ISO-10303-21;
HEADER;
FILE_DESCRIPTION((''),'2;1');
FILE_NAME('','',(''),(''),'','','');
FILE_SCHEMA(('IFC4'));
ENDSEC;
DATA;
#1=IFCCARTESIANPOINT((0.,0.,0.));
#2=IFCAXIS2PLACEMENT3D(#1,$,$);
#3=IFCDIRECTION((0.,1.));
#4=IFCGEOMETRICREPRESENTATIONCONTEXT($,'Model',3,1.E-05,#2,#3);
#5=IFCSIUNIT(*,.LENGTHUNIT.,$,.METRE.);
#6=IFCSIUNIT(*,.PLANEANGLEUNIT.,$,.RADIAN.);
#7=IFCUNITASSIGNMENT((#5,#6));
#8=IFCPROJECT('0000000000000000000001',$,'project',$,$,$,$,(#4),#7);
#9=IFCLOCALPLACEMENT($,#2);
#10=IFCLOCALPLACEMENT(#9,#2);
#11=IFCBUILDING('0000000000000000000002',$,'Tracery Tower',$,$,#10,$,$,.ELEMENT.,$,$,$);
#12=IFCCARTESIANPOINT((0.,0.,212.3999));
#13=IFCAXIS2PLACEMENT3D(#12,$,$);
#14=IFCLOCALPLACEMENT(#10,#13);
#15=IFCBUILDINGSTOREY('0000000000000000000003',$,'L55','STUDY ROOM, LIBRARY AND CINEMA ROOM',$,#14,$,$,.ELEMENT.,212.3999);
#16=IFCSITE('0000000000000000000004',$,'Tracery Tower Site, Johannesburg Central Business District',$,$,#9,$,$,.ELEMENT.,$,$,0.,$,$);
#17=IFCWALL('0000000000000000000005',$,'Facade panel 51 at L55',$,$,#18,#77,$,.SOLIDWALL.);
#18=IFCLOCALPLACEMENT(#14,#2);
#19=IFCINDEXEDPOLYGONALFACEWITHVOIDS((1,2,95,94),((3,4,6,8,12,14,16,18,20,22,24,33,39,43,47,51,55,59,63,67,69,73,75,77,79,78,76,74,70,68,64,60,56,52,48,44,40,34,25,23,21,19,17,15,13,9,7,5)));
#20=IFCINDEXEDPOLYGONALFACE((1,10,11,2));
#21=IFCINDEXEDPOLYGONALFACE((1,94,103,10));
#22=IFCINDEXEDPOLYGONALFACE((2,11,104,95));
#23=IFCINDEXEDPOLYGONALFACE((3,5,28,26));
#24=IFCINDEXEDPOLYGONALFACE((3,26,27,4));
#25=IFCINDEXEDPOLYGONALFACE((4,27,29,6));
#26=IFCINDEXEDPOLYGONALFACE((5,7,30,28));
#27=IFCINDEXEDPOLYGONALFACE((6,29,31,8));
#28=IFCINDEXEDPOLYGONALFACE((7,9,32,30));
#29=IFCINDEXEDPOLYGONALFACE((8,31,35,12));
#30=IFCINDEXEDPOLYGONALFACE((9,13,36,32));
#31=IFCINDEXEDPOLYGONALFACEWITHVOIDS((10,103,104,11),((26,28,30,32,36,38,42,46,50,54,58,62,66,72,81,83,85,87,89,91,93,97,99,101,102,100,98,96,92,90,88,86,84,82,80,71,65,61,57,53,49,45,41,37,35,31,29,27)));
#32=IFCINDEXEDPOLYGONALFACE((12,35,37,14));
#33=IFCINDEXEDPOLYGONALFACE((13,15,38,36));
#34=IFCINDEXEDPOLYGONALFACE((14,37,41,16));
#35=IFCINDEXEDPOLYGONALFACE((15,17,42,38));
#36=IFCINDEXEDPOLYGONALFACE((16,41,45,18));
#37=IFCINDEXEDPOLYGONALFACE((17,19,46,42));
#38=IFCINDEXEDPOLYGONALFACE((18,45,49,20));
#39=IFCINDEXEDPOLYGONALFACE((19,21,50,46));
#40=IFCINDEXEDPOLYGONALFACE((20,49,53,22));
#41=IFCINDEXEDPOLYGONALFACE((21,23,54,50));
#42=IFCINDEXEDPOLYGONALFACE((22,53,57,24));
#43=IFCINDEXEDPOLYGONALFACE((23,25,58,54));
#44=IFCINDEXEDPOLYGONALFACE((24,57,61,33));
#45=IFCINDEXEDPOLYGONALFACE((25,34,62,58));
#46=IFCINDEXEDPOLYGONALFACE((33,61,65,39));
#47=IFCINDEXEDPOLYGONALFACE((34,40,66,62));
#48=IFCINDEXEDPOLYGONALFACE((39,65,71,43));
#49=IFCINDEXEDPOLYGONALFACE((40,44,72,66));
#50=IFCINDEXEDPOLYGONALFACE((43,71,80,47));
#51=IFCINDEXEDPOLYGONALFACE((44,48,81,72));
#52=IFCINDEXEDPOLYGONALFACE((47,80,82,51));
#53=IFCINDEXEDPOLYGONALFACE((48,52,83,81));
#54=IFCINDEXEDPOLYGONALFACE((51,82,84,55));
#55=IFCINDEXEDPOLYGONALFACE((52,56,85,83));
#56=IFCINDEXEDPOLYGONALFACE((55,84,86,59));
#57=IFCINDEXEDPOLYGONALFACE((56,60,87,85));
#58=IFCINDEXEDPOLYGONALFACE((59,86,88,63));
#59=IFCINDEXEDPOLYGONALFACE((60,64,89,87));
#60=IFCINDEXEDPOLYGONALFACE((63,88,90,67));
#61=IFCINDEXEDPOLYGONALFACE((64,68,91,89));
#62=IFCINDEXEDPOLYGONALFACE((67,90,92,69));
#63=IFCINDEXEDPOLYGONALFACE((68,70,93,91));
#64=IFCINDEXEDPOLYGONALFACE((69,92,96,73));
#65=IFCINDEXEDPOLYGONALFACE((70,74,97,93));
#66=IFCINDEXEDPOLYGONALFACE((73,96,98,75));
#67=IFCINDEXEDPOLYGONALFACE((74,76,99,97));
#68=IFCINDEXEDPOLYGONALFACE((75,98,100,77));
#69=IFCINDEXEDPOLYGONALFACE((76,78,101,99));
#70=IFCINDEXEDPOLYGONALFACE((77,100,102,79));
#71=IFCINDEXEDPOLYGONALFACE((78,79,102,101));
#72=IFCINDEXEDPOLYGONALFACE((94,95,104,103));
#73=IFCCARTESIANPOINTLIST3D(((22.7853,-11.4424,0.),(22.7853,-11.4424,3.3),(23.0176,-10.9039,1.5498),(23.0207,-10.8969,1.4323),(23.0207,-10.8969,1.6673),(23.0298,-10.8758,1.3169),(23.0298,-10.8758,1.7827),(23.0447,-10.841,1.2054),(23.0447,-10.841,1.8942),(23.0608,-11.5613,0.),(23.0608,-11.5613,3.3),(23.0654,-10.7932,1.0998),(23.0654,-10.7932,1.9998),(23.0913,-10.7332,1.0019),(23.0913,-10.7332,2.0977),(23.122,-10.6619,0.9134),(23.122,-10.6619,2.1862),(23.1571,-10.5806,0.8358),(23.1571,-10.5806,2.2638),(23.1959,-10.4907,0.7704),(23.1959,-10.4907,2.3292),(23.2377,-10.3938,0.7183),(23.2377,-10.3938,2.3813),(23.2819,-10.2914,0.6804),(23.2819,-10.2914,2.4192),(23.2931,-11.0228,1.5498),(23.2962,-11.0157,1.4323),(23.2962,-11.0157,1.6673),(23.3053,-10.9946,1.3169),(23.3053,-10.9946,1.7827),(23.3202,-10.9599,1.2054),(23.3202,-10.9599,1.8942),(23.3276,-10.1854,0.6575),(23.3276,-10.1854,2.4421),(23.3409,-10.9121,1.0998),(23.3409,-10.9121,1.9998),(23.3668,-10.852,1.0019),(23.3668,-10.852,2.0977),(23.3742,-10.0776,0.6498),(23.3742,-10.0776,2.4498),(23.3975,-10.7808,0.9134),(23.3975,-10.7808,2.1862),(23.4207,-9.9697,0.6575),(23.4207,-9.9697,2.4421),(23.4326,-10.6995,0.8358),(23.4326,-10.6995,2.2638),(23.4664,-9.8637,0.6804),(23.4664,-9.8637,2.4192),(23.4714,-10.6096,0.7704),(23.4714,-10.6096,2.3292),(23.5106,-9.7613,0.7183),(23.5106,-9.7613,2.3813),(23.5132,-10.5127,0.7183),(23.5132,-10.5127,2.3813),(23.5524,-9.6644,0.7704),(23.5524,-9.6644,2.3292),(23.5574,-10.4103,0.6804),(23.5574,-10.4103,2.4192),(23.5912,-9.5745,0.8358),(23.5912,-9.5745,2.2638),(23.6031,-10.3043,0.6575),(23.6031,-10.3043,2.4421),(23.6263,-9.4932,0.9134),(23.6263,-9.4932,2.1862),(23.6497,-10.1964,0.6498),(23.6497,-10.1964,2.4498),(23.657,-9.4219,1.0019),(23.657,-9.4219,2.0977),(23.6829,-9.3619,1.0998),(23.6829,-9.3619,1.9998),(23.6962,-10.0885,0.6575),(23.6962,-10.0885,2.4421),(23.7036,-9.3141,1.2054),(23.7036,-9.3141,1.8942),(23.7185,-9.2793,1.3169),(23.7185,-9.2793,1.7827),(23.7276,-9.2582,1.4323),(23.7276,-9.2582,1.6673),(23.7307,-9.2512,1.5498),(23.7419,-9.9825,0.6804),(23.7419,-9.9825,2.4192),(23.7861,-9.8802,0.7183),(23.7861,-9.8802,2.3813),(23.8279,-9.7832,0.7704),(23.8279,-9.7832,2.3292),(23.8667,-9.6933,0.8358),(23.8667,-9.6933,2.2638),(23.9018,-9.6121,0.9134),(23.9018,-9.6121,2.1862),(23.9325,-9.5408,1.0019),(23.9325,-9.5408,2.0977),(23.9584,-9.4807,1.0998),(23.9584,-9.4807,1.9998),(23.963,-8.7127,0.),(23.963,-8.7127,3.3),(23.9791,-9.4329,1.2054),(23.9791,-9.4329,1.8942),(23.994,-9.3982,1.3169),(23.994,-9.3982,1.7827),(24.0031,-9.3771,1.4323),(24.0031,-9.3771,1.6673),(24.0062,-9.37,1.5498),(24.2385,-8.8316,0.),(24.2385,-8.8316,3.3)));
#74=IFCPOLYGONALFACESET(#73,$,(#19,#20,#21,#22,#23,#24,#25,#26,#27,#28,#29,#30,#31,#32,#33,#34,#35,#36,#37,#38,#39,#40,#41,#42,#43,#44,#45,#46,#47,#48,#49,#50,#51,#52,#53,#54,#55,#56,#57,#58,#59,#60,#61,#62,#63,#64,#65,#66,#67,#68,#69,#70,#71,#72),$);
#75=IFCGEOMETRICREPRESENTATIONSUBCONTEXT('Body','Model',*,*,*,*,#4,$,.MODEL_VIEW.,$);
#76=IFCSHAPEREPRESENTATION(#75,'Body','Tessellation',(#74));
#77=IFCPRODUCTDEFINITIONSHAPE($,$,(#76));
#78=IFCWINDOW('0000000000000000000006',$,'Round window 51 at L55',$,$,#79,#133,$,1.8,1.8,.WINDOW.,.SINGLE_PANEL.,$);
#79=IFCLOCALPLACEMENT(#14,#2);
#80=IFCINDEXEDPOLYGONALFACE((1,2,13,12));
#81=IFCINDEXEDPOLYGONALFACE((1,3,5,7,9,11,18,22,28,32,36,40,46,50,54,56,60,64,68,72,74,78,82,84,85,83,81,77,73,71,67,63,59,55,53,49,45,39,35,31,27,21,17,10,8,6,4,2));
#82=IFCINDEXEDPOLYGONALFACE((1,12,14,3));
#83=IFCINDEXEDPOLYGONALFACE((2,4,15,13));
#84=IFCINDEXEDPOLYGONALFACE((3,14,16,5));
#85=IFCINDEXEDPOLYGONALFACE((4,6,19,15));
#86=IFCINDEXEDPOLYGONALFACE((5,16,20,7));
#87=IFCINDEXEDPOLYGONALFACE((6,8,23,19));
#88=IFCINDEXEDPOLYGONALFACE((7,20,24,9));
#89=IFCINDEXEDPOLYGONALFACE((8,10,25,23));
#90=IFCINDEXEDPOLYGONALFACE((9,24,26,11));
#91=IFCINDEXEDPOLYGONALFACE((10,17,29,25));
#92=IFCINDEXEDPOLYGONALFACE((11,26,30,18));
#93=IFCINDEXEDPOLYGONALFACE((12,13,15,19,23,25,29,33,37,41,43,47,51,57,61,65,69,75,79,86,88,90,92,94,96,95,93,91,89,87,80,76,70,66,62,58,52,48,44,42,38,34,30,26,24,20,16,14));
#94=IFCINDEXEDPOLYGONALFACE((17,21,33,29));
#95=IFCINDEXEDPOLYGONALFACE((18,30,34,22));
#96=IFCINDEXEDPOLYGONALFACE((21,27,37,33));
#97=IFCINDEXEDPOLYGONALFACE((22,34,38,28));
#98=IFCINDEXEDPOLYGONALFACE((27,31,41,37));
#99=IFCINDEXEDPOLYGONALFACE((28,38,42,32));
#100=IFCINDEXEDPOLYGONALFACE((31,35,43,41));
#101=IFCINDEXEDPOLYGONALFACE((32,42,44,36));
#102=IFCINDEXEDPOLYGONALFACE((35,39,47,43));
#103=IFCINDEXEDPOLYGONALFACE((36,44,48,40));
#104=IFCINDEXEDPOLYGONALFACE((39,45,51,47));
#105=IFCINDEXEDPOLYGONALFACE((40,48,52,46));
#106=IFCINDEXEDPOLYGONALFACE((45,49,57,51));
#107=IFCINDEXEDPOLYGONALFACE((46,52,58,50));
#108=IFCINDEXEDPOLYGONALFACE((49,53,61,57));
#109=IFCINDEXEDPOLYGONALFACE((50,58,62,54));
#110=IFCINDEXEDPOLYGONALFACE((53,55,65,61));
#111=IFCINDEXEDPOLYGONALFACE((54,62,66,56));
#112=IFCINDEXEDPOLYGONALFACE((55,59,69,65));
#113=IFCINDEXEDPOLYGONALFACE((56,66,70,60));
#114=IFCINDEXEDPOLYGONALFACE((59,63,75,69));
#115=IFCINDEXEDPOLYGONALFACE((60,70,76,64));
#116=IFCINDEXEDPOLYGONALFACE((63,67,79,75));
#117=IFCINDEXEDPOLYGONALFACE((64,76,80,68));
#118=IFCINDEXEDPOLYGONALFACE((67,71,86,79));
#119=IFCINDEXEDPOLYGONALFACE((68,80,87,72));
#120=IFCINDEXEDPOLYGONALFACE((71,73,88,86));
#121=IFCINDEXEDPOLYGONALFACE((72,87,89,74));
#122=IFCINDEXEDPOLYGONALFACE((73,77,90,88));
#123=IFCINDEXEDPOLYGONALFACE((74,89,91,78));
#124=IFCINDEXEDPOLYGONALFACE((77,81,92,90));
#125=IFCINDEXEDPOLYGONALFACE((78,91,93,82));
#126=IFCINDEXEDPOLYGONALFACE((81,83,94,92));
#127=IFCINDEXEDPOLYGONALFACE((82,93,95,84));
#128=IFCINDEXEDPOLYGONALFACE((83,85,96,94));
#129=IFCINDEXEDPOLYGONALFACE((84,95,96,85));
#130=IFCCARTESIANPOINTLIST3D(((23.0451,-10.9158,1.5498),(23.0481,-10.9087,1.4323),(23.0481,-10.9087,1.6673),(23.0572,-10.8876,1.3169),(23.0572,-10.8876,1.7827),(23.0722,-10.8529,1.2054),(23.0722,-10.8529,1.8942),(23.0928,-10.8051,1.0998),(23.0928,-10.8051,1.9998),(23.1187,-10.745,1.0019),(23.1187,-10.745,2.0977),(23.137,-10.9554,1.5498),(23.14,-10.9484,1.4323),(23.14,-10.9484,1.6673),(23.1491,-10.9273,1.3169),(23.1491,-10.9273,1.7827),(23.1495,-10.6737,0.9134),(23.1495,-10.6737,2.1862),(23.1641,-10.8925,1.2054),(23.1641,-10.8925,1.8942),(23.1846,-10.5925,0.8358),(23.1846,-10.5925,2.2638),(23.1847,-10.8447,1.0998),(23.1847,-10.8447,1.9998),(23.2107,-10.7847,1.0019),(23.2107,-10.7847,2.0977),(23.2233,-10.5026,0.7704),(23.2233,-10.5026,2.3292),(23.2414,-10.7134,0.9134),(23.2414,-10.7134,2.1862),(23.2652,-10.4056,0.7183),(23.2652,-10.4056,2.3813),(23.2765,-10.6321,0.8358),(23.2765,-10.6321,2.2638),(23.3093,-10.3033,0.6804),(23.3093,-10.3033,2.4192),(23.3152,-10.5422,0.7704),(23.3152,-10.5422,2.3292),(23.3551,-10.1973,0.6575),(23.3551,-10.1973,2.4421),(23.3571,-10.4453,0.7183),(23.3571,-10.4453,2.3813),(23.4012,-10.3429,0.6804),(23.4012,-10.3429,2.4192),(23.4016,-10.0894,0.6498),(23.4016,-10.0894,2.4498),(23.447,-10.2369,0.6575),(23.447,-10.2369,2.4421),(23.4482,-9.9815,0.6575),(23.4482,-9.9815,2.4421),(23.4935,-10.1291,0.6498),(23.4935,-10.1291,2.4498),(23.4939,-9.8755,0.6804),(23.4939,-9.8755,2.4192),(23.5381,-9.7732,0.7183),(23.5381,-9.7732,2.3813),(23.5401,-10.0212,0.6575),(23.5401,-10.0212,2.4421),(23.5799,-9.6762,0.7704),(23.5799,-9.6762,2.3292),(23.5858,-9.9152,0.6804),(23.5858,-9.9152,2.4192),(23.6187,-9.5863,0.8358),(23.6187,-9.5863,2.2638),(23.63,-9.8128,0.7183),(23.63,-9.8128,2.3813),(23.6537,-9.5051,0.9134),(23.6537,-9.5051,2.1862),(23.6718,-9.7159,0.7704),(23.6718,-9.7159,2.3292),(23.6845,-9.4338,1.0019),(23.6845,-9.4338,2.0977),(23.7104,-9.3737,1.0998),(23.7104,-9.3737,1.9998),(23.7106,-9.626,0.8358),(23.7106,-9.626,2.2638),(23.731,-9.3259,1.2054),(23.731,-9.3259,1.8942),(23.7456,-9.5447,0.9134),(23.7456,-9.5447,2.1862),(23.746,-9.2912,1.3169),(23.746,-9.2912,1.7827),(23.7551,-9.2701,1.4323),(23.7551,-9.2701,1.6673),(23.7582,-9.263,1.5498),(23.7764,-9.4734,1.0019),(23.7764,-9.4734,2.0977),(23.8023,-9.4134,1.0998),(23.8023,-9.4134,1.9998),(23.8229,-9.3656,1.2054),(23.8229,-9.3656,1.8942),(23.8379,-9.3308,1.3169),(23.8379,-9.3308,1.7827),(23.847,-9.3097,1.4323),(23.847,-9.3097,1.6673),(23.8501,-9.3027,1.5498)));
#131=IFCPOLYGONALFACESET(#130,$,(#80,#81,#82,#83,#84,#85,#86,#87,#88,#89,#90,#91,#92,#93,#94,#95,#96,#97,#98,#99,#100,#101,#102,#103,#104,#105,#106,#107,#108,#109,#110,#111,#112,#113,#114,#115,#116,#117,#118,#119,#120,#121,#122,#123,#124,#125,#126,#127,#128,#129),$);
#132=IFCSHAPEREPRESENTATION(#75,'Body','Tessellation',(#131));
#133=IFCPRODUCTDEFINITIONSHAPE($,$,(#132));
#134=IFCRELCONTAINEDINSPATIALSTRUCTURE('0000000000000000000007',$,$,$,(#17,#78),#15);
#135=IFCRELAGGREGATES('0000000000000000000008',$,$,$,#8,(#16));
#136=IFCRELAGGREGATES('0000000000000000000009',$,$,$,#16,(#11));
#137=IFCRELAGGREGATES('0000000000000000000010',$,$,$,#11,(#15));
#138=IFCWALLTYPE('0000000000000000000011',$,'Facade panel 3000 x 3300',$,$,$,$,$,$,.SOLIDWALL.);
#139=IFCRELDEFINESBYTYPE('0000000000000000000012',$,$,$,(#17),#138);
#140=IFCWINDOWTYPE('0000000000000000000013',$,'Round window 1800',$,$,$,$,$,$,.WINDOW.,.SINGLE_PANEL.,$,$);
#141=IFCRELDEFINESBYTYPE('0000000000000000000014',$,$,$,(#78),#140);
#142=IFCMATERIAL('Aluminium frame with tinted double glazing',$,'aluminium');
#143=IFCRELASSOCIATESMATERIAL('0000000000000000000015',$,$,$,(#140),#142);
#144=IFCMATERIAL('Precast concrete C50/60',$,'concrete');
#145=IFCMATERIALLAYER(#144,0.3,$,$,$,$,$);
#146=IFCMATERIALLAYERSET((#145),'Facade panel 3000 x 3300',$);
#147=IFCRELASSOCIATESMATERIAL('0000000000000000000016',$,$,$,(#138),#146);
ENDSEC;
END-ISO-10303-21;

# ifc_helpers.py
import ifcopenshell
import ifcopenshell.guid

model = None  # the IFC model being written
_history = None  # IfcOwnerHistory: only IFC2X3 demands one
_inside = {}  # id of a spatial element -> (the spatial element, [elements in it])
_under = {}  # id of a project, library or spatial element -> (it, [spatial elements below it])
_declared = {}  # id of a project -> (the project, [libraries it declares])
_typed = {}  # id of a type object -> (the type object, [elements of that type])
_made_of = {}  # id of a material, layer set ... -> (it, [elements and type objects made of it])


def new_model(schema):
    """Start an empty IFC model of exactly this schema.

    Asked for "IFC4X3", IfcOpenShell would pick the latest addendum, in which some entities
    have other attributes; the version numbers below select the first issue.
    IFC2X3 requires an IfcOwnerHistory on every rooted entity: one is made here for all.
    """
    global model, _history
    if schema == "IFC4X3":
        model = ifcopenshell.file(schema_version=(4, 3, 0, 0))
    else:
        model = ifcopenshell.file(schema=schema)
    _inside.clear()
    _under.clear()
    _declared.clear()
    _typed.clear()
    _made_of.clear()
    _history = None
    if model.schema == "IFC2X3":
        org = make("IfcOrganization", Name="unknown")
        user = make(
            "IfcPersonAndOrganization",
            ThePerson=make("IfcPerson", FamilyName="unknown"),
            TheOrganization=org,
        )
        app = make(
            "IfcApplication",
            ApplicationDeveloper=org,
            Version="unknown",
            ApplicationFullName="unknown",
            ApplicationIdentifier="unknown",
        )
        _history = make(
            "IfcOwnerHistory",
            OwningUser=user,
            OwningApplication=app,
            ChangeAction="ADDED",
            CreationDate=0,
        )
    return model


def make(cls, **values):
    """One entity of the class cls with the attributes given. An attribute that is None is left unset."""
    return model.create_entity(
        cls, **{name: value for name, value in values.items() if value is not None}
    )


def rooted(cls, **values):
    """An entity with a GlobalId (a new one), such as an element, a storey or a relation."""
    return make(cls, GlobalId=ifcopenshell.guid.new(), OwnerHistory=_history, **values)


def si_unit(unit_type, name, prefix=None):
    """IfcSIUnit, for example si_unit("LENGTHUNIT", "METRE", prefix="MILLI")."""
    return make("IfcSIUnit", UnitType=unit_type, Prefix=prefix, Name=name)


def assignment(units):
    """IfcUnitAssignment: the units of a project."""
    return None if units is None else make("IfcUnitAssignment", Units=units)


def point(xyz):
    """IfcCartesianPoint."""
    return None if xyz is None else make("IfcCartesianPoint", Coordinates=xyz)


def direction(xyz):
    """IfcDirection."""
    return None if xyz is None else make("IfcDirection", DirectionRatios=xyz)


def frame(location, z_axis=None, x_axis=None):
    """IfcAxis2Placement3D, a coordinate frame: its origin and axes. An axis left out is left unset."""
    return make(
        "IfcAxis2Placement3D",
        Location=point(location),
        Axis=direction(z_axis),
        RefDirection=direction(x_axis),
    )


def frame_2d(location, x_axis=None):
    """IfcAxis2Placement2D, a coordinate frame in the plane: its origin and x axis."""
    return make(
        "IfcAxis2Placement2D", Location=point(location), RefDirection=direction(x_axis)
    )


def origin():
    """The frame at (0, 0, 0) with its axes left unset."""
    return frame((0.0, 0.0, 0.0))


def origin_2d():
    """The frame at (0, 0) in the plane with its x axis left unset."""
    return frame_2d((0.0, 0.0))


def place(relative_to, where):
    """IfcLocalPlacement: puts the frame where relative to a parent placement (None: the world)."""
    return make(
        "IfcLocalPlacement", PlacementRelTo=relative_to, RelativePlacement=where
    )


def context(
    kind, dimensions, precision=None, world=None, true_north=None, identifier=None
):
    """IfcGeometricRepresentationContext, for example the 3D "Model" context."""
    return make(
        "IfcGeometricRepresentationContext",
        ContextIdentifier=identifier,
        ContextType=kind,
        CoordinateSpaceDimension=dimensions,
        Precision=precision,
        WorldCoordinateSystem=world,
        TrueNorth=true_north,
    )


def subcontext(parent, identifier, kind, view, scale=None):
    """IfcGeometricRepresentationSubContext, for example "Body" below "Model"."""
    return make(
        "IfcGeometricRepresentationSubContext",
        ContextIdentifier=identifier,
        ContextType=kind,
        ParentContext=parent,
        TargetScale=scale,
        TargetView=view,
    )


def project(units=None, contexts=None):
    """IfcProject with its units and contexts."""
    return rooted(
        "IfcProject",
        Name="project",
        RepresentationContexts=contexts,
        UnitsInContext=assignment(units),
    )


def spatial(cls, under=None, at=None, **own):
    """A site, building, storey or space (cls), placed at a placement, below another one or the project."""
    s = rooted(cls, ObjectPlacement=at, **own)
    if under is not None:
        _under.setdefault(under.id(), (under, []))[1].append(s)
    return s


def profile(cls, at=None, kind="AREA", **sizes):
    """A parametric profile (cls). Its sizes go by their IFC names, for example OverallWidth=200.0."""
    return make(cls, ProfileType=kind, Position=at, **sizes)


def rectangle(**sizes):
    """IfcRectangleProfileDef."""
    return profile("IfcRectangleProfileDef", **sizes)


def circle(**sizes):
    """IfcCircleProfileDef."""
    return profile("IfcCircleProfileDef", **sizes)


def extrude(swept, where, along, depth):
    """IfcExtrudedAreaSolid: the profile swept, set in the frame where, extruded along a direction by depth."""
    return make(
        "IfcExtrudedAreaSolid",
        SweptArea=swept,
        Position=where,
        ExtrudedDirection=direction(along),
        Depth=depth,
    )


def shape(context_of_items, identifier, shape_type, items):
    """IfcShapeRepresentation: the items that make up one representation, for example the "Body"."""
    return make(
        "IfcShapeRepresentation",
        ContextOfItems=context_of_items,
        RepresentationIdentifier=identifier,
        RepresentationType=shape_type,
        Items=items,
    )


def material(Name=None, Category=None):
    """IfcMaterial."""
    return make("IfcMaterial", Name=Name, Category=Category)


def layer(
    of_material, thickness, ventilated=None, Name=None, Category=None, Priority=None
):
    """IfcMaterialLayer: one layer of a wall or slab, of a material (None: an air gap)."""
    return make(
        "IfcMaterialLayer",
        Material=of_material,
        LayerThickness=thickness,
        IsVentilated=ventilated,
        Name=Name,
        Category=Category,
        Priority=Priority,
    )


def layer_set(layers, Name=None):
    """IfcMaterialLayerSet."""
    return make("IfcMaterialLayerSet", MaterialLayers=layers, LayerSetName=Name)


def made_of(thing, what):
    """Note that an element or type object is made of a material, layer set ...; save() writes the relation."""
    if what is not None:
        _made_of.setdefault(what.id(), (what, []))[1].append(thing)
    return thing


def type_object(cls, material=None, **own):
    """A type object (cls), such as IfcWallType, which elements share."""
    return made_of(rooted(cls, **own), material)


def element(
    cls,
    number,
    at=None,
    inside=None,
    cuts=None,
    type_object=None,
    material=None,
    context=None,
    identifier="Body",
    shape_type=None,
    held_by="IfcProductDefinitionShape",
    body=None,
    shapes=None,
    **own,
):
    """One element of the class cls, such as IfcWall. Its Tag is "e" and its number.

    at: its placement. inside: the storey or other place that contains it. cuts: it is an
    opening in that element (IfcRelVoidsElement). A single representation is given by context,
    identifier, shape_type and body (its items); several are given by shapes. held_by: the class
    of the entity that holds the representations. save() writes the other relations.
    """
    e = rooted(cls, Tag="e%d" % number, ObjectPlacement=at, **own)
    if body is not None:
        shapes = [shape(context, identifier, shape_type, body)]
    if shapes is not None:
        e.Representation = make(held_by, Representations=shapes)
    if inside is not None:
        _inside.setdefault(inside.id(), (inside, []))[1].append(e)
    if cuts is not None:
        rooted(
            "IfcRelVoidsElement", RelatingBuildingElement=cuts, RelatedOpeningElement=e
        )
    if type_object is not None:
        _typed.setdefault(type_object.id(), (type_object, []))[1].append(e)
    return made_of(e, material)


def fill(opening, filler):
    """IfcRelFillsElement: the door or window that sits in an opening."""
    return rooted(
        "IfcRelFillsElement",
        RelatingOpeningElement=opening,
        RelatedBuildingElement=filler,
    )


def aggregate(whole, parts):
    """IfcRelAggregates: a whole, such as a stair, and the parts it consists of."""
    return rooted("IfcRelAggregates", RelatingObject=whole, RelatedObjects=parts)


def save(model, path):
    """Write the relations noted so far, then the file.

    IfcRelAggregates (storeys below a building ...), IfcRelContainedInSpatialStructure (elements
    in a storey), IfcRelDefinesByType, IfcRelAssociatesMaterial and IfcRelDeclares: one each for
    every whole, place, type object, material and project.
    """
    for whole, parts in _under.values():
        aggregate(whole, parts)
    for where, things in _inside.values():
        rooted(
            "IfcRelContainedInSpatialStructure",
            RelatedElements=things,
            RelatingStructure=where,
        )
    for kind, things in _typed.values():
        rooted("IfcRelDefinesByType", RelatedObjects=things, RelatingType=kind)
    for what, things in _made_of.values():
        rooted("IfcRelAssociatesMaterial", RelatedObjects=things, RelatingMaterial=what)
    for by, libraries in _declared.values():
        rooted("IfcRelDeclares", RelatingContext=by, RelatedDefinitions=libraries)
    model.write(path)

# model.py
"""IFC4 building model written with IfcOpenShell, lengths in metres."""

from ifc_helpers import new_model, si_unit, direction, frame, frame_2d, origin, origin_2d, place, context, subcontext, project, spatial, rectangle, circle, extrude, material, layer, layer_set, type_object, element, fill, save


model = new_model("IFC4")

# Units and contexts
model_context = context("Model", 3, precision=1e-05, world=origin(), true_north=direction((0.0, 1.0)))
body_context = subcontext(model_context, "Body", "Model", "MODEL_VIEW")
ifc_project = project(units=[si_unit("LENGTHUNIT", "METRE"), si_unit("PLANEANGLEUNIT", "RADIAN")], contexts=[model_context])

# Site, building, storey
site_placement = place(None, origin())
site = spatial("IfcSite", under=ifc_project, at=site_placement, Name="Tracery Tower Site, Johannesburg Central Business District", CompositionType="ELEMENT", RefElevation=0.0)
building_placement = place(site_placement, origin())
building = spatial("IfcBuilding", under=site, at=building_placement, Name="Tracery Tower", CompositionType="ELEMENT")
storey_placement = place(building_placement, frame((0.0, 0.0, 212.3999)))
storey = spatial("IfcBuildingStorey", under=building, at=storey_placement, Name="L55", Description="STUDY ROOM, LIBRARY AND CINEMA ROOM", CompositionType="ELEMENT", Elevation=212.3999)

# Wall, opening, window
ifc_material_1 = material(Name="Aluminium frame with tinted double glazing", Category="aluminium")
window_type = type_object("IfcWindowType", Name="Round window 1800", PartitioningType="SINGLE_PANEL", PredefinedType="WINDOW", material=ifc_material_1)
ifc_material_2 = material(Name="Precast concrete C50/60", Category="concrete")
ifc_layer_1 = layer(ifc_material_2, 0.3)
ifc_layer_set_1 = layer_set([ifc_layer_1], Name="Facade panel 3000 x 3300")
wall_type_1 = type_object("IfcWallType", Name="Facade panel 3000 x 3300", PredefinedType="SOLIDWALL", material=ifc_layer_set_1)
wall_1_placement = place(storey_placement, frame((22.9231, -11.5017, 0.0), z_axis=(0.0, 0.0, 1.0), x_axis=(0.396148, 0.918187, 0.0)))
wall_1 = element("IfcWall", 1, at=wall_1_placement, inside=storey, type_object=wall_type_1, Name="Facade panel 51 at L55", PredefinedType="SOLIDWALL", context=body_context, shape_type="SweptSolid", body=[
    extrude(rectangle(XDim=2.9729, YDim=0.3, at=frame_2d((1.4863, 0.0))), origin(), (0.0, 0.0, 1.0), 3.3),
])
opening_1_placement = place(wall_1_placement, frame((1.4863, 0.0, 1.5498)))
opening_1 = element("IfcOpeningElement", 2, at=opening_1_placement, cuts=wall_1, PredefinedType="OPENING", context=body_context, shape_type="SweptSolid", body=[
    extrude(circle(Radius=0.9, at=origin_2d()), frame((0.0, 0.1599, 0.0), z_axis=(0.0, -1.0, 0.0), x_axis=(1.0, 0.0, 0.0)), (0.0, 0.0, 1.0), 0.3201),
])
window_1_placement = place(opening_1_placement, origin())
window_1 = element("IfcWindow", 3, at=window_1_placement, inside=storey, type_object=window_type, Name="Round window 51 at L55", OverallHeight=1.8, OverallWidth=1.8, PartitioningType="SINGLE_PANEL", PredefinedType="WINDOW", context=body_context, shape_type="SweptSolid", body=[
    extrude(circle(Radius=0.9, at=origin_2d()), frame((0.0, 0.1201, 0.0), z_axis=(0.0, -1.0, 0.0), x_axis=(1.0, 0.0, 0.0)), (0.0, 0.0, 1.0), 0.1001),
])
fill(opening_1, window_1)

save(model, "model.ifc")
